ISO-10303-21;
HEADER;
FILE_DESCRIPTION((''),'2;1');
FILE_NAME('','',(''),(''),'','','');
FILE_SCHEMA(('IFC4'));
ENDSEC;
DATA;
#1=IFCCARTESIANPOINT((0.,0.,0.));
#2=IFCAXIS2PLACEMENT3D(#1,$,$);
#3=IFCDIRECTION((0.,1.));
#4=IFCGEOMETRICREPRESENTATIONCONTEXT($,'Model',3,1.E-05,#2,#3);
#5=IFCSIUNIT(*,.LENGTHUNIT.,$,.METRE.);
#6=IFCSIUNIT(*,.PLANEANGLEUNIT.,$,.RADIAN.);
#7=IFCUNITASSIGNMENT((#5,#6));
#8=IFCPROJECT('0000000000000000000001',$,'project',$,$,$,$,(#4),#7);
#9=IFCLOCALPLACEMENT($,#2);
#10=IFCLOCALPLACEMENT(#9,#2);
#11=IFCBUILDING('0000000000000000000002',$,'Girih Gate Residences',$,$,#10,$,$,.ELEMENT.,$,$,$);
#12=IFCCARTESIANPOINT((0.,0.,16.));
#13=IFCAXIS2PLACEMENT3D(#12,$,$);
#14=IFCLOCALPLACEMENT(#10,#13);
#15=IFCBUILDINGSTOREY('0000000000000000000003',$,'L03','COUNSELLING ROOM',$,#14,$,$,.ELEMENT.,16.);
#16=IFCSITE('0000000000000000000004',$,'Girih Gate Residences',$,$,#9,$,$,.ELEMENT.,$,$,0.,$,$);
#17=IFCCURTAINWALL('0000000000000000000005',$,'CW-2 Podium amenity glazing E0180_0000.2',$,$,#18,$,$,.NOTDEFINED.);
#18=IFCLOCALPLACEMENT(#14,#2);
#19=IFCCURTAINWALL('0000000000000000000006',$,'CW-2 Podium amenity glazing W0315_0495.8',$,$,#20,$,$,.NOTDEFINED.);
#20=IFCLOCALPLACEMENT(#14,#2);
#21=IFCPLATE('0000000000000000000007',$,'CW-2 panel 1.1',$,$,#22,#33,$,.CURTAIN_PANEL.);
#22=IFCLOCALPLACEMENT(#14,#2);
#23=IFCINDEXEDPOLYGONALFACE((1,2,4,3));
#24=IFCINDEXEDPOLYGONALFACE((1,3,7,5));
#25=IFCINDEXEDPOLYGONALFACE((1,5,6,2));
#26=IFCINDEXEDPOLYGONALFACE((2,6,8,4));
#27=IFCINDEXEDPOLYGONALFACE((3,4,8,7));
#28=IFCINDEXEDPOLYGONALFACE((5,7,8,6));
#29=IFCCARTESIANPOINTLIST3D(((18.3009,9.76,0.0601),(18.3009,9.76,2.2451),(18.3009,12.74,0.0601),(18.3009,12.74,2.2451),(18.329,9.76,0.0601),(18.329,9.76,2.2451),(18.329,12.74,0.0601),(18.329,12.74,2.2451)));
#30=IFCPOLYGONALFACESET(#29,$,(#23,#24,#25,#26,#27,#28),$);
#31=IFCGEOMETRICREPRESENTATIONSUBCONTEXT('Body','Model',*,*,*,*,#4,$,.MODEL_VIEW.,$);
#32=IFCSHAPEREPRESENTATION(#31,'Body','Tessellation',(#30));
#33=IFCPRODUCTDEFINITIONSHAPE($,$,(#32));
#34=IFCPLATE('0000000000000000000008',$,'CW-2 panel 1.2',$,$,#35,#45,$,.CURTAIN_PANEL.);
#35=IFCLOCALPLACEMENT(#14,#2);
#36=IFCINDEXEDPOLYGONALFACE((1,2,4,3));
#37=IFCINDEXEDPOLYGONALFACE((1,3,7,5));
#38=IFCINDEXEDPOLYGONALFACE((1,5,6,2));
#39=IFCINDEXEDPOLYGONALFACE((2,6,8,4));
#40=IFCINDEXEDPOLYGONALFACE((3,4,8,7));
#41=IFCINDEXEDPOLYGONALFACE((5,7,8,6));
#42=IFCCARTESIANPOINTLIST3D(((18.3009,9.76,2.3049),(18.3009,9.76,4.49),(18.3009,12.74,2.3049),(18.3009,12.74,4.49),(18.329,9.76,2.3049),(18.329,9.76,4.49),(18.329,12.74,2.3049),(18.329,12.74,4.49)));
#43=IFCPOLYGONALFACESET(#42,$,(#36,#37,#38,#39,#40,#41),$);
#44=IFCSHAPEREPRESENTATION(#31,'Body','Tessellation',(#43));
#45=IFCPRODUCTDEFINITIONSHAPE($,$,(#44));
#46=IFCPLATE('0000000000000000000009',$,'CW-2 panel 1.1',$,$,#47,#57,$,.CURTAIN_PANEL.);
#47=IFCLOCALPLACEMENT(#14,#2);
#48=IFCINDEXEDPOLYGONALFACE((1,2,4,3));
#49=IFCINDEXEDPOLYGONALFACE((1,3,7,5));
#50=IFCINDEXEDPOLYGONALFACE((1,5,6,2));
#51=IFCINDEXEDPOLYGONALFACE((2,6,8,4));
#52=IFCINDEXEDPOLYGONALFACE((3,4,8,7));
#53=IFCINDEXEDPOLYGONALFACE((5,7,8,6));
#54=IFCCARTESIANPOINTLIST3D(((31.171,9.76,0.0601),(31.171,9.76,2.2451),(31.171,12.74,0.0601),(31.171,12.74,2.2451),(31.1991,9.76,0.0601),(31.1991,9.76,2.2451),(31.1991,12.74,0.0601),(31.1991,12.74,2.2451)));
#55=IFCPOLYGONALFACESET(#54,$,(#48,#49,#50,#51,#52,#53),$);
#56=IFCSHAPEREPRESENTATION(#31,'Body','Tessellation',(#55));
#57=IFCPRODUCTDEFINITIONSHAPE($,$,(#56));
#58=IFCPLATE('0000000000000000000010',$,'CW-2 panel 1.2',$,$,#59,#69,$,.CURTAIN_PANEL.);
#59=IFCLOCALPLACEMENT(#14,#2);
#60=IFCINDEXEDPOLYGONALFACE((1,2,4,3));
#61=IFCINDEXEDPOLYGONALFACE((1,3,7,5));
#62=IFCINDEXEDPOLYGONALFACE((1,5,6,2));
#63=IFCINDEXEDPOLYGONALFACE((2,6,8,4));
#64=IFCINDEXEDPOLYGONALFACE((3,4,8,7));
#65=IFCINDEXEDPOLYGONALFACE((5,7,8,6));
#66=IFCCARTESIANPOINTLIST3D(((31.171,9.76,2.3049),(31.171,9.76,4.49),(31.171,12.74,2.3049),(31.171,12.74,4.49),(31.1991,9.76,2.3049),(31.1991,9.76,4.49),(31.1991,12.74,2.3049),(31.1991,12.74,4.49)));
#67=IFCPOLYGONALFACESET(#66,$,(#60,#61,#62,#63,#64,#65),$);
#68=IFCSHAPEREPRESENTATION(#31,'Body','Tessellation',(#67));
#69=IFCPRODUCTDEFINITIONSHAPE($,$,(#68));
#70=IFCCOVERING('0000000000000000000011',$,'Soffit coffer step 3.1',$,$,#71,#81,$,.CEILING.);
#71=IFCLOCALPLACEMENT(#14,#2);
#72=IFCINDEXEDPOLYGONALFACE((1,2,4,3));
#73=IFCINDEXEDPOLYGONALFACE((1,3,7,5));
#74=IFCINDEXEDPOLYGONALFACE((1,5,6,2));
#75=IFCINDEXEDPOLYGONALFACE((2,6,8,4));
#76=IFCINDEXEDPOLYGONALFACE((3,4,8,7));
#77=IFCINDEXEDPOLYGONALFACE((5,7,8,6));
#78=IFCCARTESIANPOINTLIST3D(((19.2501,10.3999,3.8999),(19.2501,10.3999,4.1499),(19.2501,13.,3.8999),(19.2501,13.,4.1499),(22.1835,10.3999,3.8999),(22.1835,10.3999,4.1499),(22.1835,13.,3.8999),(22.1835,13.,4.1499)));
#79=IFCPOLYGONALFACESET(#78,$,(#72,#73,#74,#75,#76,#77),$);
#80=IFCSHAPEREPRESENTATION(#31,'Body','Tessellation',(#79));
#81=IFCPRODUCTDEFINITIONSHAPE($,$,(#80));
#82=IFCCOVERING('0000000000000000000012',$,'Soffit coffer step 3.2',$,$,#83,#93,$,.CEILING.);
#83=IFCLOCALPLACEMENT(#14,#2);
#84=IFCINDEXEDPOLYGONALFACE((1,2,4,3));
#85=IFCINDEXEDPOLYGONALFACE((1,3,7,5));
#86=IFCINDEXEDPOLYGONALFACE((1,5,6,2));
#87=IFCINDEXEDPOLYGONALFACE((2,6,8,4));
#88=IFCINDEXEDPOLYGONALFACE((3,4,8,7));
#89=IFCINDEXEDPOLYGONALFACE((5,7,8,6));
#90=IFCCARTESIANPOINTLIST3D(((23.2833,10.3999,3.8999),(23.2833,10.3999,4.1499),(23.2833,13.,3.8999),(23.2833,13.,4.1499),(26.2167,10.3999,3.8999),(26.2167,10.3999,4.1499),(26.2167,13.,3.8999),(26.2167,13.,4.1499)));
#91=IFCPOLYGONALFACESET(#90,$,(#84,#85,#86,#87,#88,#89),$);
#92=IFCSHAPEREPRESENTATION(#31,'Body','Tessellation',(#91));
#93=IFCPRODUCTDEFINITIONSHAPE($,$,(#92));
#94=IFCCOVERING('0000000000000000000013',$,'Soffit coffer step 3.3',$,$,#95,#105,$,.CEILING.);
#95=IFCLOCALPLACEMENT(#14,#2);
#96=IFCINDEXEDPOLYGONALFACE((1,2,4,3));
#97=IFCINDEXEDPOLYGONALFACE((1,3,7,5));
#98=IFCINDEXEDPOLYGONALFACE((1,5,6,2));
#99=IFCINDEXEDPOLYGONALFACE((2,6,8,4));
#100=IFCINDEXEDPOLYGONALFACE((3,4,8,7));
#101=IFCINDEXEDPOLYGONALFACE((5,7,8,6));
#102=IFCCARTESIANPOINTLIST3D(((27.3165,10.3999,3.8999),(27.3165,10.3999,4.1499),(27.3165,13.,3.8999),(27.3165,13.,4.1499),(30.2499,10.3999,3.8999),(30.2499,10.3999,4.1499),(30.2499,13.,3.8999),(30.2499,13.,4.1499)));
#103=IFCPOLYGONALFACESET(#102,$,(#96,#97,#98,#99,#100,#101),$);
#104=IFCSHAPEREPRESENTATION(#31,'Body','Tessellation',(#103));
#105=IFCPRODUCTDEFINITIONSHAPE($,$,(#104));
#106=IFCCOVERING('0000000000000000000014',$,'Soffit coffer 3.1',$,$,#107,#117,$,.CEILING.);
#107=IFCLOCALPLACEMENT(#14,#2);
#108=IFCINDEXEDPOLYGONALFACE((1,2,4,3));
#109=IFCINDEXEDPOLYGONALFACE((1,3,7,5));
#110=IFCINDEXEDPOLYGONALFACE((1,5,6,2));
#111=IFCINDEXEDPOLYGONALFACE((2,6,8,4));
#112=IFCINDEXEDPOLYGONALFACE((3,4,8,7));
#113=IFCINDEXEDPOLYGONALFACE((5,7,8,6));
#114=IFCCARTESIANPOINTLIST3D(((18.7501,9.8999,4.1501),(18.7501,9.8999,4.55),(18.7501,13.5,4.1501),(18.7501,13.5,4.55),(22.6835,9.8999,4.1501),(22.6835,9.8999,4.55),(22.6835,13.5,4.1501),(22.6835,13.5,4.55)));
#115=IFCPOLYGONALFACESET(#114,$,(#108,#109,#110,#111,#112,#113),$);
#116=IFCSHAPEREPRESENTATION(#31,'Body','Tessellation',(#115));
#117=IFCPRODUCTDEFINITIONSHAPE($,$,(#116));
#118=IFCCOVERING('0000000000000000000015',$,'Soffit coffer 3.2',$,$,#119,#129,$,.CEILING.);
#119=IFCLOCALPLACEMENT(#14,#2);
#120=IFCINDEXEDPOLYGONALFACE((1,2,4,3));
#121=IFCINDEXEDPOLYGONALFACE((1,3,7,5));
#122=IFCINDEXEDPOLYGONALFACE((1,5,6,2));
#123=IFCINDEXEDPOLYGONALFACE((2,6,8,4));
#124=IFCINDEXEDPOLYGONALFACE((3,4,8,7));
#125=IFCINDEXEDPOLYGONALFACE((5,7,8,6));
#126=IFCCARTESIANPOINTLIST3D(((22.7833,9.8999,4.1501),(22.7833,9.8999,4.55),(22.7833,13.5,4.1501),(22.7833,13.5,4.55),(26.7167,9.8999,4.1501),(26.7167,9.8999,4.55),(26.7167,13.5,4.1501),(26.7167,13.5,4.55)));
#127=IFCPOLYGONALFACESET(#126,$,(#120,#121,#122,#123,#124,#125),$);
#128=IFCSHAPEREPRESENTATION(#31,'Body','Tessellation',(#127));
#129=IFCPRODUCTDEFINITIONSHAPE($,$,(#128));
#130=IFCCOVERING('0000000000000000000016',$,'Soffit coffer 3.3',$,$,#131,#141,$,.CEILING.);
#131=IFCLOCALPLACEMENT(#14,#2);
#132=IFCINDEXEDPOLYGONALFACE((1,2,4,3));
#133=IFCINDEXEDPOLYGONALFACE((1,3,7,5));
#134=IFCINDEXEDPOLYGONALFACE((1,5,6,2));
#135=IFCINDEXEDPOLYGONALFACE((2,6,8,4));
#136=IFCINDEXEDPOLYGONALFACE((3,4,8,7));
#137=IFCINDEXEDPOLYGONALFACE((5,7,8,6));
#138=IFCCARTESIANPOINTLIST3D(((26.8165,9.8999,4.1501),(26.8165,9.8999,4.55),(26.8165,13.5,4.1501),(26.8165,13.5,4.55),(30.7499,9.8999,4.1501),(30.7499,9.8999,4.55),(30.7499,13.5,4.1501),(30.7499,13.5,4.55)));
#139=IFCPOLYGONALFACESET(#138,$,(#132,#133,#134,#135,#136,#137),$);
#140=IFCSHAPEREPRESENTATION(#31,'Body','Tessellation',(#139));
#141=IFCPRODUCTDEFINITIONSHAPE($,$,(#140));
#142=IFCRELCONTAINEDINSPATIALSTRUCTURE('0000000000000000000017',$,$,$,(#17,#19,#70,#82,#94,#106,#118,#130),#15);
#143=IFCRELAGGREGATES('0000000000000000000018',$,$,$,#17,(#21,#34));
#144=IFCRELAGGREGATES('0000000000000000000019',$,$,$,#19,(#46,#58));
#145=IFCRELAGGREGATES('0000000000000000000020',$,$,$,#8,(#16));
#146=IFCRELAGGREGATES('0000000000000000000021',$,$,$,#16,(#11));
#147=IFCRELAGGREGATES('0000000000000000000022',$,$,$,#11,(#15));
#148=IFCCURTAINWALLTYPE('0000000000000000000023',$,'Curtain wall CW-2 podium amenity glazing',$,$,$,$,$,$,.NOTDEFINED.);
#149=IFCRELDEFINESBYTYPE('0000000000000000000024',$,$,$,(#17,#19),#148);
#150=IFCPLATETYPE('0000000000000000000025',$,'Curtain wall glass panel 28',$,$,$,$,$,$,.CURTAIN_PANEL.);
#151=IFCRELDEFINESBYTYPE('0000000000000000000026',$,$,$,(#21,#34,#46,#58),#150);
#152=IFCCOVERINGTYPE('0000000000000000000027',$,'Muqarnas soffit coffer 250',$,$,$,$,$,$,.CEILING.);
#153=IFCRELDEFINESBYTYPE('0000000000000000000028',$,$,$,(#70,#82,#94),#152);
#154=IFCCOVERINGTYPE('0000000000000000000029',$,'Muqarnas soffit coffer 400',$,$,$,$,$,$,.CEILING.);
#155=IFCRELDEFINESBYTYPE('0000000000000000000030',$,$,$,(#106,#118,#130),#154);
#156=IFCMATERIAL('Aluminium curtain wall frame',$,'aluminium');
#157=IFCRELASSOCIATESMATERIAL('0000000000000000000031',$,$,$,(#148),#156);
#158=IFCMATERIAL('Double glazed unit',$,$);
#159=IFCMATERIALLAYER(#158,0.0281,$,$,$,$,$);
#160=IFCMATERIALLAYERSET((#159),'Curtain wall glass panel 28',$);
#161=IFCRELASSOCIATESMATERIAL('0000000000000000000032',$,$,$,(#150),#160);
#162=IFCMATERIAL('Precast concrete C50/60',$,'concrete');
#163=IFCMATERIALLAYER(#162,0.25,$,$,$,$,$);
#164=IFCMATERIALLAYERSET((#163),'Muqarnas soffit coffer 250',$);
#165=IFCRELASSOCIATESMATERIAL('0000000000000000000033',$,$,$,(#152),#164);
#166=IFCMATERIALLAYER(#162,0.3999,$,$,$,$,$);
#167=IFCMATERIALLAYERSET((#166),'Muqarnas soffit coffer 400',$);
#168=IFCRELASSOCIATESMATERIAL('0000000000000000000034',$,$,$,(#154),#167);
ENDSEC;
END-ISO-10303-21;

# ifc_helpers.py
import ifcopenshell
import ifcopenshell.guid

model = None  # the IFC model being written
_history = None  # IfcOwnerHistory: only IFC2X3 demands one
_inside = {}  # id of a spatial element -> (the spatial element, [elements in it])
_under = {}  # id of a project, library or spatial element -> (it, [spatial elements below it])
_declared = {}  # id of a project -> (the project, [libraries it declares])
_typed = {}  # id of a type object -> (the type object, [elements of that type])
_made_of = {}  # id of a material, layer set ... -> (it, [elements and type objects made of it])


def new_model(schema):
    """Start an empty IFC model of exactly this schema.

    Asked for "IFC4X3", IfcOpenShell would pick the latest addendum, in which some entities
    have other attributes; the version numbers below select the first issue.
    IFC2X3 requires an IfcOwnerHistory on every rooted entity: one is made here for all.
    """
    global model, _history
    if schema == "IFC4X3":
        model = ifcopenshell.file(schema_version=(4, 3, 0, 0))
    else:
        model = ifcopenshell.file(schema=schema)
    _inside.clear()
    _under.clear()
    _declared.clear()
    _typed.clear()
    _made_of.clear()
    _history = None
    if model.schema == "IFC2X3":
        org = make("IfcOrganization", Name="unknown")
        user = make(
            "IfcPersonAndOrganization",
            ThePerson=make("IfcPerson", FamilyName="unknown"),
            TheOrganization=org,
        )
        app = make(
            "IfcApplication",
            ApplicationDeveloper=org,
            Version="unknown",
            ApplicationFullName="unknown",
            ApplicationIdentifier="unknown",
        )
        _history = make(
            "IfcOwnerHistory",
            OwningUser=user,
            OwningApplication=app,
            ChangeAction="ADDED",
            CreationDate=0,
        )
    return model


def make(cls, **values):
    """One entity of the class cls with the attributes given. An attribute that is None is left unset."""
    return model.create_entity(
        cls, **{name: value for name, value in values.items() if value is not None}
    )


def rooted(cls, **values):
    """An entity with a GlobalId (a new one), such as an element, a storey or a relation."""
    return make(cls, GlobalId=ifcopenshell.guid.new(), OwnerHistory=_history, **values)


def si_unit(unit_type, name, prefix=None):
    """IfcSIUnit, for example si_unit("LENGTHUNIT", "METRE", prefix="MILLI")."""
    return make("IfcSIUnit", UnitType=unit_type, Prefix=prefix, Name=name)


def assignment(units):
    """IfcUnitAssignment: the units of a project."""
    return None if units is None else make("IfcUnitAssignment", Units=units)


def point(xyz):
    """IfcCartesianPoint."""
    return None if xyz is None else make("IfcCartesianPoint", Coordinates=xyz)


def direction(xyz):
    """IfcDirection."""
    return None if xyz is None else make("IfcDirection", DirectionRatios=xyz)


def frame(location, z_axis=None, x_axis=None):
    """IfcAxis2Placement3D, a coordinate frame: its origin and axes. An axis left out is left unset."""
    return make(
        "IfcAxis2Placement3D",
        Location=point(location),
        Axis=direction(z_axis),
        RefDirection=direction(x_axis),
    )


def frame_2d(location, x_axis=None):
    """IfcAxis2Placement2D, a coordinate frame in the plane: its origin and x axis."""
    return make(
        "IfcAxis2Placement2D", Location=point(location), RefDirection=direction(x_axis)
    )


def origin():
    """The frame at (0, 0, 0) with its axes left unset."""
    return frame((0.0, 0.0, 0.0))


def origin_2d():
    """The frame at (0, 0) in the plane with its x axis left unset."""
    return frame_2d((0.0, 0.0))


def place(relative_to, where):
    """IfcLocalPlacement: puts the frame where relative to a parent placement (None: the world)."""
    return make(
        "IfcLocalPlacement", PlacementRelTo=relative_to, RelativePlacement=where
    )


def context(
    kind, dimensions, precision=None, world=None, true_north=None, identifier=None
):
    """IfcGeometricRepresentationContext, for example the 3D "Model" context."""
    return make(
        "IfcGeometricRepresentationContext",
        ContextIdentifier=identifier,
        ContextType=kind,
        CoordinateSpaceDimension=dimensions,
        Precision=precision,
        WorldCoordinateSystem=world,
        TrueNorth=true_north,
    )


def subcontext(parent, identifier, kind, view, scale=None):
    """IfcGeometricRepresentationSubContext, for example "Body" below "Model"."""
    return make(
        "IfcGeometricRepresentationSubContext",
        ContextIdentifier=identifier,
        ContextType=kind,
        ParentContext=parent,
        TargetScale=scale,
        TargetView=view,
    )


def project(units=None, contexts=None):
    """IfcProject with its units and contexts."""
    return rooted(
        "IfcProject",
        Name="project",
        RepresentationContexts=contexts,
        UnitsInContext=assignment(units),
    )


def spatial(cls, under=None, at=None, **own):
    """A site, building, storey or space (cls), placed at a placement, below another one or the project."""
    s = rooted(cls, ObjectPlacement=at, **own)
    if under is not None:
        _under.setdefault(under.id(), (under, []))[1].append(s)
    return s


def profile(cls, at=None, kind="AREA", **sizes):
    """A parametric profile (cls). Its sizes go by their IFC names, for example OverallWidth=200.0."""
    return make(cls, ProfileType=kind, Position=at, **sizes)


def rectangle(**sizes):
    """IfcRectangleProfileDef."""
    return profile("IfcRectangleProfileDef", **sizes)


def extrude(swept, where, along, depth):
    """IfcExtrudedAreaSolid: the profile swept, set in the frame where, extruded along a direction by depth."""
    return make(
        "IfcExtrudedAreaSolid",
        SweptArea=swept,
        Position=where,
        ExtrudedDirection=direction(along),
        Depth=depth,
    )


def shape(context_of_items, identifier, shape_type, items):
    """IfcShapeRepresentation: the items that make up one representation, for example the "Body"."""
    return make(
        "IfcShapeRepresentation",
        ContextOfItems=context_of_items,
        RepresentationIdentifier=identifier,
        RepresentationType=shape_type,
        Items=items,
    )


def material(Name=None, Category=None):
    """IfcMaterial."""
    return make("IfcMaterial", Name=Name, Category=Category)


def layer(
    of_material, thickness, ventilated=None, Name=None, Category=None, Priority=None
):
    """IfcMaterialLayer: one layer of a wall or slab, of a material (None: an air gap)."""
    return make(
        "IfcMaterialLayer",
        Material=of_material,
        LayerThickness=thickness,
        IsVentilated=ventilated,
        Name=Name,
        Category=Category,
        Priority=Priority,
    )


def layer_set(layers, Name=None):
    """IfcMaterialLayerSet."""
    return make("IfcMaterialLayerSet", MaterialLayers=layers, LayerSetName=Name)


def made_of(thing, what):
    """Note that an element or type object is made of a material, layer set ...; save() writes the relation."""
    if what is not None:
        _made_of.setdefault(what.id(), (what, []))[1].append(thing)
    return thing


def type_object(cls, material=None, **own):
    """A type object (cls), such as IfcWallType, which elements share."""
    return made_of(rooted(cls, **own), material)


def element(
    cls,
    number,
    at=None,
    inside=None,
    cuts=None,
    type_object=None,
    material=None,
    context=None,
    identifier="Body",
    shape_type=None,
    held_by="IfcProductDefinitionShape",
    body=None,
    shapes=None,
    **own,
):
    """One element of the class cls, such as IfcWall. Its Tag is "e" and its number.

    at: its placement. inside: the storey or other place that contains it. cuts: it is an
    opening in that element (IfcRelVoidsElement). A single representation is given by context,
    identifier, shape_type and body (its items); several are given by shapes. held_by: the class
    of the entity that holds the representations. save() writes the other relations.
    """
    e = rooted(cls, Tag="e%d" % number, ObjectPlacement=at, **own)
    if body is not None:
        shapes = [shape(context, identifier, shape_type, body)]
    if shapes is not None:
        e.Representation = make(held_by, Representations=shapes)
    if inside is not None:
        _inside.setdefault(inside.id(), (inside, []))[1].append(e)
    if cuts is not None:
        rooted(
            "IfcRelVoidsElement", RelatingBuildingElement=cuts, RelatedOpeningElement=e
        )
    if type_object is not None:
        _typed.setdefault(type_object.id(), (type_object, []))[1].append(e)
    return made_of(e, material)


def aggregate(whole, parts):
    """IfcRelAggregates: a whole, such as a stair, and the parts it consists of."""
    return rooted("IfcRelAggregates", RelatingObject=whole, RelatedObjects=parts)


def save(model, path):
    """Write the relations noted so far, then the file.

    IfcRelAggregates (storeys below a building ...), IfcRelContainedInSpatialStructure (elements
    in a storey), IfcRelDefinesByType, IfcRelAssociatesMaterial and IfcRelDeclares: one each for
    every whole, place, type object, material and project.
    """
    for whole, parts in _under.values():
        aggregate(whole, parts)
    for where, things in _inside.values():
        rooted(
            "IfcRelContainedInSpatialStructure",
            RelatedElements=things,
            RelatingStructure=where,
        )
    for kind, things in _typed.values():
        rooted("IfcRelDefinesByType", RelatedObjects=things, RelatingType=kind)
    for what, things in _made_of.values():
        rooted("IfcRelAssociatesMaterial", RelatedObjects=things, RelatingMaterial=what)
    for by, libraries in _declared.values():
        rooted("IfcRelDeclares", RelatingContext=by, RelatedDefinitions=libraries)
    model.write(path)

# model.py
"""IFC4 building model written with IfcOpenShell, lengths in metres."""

from ifc_helpers import new_model, si_unit, direction, frame, origin, origin_2d, place, context, subcontext, project, spatial, rectangle, extrude, material, layer, layer_set, type_object, element, aggregate, save


model = new_model("IFC4")

# Units and contexts
model_context = context("Model", 3, precision=1e-05, world=origin(), true_north=direction((0.0, 1.0)))
body_context = subcontext(model_context, "Body", "Model", "MODEL_VIEW")
ifc_project = project(units=[si_unit("LENGTHUNIT", "METRE"), si_unit("PLANEANGLEUNIT", "RADIAN")], contexts=[model_context])

# Site, building, storey
site_placement = place(None, origin())
site = spatial("IfcSite", under=ifc_project, at=site_placement, Name="Girih Gate Residences", CompositionType="ELEMENT", RefElevation=0.0)
building_placement = place(site_placement, origin())
building = spatial("IfcBuilding", under=site, at=building_placement, Name="Girih Gate Residences", CompositionType="ELEMENT")
storey_placement = place(building_placement, frame((0.0, 0.0, 16.0)))
storey = spatial("IfcBuildingStorey", under=building, at=storey_placement, Name="L03", Description="COUNSELLING ROOM", CompositionType="ELEMENT", Elevation=16.0)

# Curtain wall
ifc_material_1 = material(Name="Aluminium curtain wall frame", Category="aluminium")
curtain_wall_type = type_object("IfcCurtainWallType", Name="Curtain wall CW-2 podium amenity glazing", PredefinedType="NOTDEFINED", material=ifc_material_1)
curtain_wall_1_placement = place(storey_placement, origin())
curtain_wall_1 = element("IfcCurtainWall", 1, at=curtain_wall_1_placement, inside=storey, type_object=curtain_wall_type, Name="CW-2 Podium amenity glazing E0180_0000.2", PredefinedType="NOTDEFINED")

# Curtain wall
curtain_wall_2_placement = place(storey_placement, origin())
curtain_wall_2 = element("IfcCurtainWall", 2, at=curtain_wall_2_placement, inside=storey, type_object=curtain_wall_type, Name="CW-2 Podium amenity glazing W0315_0495.8", PredefinedType="NOTDEFINED")

# Plates
ifc_material_2 = material(Name="Double glazed unit")
ifc_layer_1 = layer(ifc_material_2, 0.0281)
ifc_layer_set_1 = layer_set([ifc_layer_1], Name="Curtain wall glass panel 28")
plate_type = type_object("IfcPlateType", Name="Curtain wall glass panel 28", PredefinedType="CURTAIN_PANEL", material=ifc_layer_set_1)
plate_1_placement = place(storey_placement, frame((18.3149, 11.25, 0.0601), z_axis=(0.0, 0.0, 1.0), x_axis=(0.0, 1.0, 0.0)))
plate_1 = element("IfcPlate", 3, at=plate_1_placement, type_object=plate_type, Name="CW-2 panel 1.1", PredefinedType="CURTAIN_PANEL", context=body_context, shape_type="SweptSolid", body=[
    extrude(rectangle(XDim=2.98, YDim=0.0281, at=origin_2d()), origin(), (0.0, 0.0, 1.0), 2.1851),
])
plate_2_placement = place(storey_placement, frame((18.3149, 11.25, 2.3049), z_axis=(0.0, 0.0, 1.0), x_axis=(0.0, 1.0, 0.0)))
plate_2 = element("IfcPlate", 4, at=plate_2_placement, type_object=plate_type, Name="CW-2 panel 1.2", PredefinedType="CURTAIN_PANEL", context=body_context, shape_type="SweptSolid", body=[
    extrude(rectangle(XDim=2.98, YDim=0.0281, at=origin_2d()), origin(), (0.0, 0.0, 1.0), 2.1851),
])
aggregate(curtain_wall_1, [plate_1, plate_2])
plate_3_placement = place(storey_placement, frame((31.1851, 11.25, 0.0601), z_axis=(0.0, 0.0, 1.0), x_axis=(0.0, -1.0, 0.0)))
plate_3 = element("IfcPlate", 5, at=plate_3_placement, type_object=plate_type, Name="CW-2 panel 1.1", PredefinedType="CURTAIN_PANEL", context=body_context, shape_type="SweptSolid", body=[
    extrude(rectangle(XDim=2.98, YDim=0.0281, at=origin_2d()), origin(), (0.0, 0.0, 1.0), 2.1851),
])
plate_4_placement = place(storey_placement, frame((31.1851, 11.25, 2.3049), z_axis=(0.0, 0.0, 1.0), x_axis=(0.0, -1.0, 0.0)))
plate_4 = element("IfcPlate", 6, at=plate_4_placement, type_object=plate_type, Name="CW-2 panel 1.2", PredefinedType="CURTAIN_PANEL", context=body_context, shape_type="SweptSolid", body=[
    extrude(rectangle(XDim=2.98, YDim=0.0281, at=origin_2d()), origin(), (0.0, 0.0, 1.0), 2.1851),
])
aggregate(curtain_wall_2, [plate_3, plate_4])

# Coverings
ifc_material_3 = material(Name="Precast concrete C50/60", Category="concrete")
ifc_layer_2 = layer(ifc_material_3, 0.25)
ifc_layer_set_2 = layer_set([ifc_layer_2], Name="Muqarnas soffit coffer 250")
covering_type_1 = type_object("IfcCoveringType", Name="Muqarnas soffit coffer 250", PredefinedType="CEILING", material=ifc_layer_set_2)
for number, where, z_axis, x_axis, name in (
    (7, (20.7168, 11.7, 3.8999), (0.0, 0.0, 1.0), (1.0, 0.0, 0.0), "Soffit coffer step 3.1"),
    (8, (24.75, 11.7, 3.8999), (0.0, 0.0, 1.0), (1.0, 0.0, 0.0), "Soffit coffer step 3.2"),
    (9, (28.7832, 11.7, 3.8999), (0.0, 0.0, 1.0), (1.0, 0.0, 0.0), "Soffit coffer step 3.3"),
):
    element("IfcCovering", number, at=place(storey_placement, frame(where, z_axis=z_axis, x_axis=x_axis)), inside=storey, type_object=covering_type_1, Name=name, PredefinedType="CEILING", context=body_context, shape_type="SweptSolid", body=[
        extrude(rectangle(XDim=2.9333, YDim=2.6001, at=origin_2d()), origin(), (0.0, 0.0, 1.0), 0.25),
    ])
ifc_layer_3 = layer(ifc_material_3, 0.3999)
ifc_layer_set_3 = layer_set([ifc_layer_3], Name="Muqarnas soffit coffer 400")
covering_type_2 = type_object("IfcCoveringType", Name="Muqarnas soffit coffer 400", PredefinedType="CEILING", material=ifc_layer_set_3)
for number, where, z_axis, x_axis, name in (
    (10, (20.7168, 11.7, 4.1501), (0.0, 0.0, 1.0), (1.0, 0.0, 0.0), "Soffit coffer 3.1"),
    (11, (24.75, 11.7, 4.1501), (0.0, 0.0, 1.0), (1.0, 0.0, 0.0), "Soffit coffer 3.2"),
    (12, (28.7832, 11.7, 4.1501), (0.0, 0.0, 1.0), (1.0, 0.0, 0.0), "Soffit coffer 3.3"),
):
    element("IfcCovering", number, at=place(storey_placement, frame(where, z_axis=z_axis, x_axis=x_axis)), inside=storey, type_object=covering_type_2, Name=name, PredefinedType="CEILING", context=body_context, shape_type="SweptSolid", body=[
        extrude(rectangle(XDim=3.9333, YDim=3.6001, at=origin_2d()), origin(), (0.0, 0.0, 1.0), 0.3999),
    ])

save(model, "model.ifc")
